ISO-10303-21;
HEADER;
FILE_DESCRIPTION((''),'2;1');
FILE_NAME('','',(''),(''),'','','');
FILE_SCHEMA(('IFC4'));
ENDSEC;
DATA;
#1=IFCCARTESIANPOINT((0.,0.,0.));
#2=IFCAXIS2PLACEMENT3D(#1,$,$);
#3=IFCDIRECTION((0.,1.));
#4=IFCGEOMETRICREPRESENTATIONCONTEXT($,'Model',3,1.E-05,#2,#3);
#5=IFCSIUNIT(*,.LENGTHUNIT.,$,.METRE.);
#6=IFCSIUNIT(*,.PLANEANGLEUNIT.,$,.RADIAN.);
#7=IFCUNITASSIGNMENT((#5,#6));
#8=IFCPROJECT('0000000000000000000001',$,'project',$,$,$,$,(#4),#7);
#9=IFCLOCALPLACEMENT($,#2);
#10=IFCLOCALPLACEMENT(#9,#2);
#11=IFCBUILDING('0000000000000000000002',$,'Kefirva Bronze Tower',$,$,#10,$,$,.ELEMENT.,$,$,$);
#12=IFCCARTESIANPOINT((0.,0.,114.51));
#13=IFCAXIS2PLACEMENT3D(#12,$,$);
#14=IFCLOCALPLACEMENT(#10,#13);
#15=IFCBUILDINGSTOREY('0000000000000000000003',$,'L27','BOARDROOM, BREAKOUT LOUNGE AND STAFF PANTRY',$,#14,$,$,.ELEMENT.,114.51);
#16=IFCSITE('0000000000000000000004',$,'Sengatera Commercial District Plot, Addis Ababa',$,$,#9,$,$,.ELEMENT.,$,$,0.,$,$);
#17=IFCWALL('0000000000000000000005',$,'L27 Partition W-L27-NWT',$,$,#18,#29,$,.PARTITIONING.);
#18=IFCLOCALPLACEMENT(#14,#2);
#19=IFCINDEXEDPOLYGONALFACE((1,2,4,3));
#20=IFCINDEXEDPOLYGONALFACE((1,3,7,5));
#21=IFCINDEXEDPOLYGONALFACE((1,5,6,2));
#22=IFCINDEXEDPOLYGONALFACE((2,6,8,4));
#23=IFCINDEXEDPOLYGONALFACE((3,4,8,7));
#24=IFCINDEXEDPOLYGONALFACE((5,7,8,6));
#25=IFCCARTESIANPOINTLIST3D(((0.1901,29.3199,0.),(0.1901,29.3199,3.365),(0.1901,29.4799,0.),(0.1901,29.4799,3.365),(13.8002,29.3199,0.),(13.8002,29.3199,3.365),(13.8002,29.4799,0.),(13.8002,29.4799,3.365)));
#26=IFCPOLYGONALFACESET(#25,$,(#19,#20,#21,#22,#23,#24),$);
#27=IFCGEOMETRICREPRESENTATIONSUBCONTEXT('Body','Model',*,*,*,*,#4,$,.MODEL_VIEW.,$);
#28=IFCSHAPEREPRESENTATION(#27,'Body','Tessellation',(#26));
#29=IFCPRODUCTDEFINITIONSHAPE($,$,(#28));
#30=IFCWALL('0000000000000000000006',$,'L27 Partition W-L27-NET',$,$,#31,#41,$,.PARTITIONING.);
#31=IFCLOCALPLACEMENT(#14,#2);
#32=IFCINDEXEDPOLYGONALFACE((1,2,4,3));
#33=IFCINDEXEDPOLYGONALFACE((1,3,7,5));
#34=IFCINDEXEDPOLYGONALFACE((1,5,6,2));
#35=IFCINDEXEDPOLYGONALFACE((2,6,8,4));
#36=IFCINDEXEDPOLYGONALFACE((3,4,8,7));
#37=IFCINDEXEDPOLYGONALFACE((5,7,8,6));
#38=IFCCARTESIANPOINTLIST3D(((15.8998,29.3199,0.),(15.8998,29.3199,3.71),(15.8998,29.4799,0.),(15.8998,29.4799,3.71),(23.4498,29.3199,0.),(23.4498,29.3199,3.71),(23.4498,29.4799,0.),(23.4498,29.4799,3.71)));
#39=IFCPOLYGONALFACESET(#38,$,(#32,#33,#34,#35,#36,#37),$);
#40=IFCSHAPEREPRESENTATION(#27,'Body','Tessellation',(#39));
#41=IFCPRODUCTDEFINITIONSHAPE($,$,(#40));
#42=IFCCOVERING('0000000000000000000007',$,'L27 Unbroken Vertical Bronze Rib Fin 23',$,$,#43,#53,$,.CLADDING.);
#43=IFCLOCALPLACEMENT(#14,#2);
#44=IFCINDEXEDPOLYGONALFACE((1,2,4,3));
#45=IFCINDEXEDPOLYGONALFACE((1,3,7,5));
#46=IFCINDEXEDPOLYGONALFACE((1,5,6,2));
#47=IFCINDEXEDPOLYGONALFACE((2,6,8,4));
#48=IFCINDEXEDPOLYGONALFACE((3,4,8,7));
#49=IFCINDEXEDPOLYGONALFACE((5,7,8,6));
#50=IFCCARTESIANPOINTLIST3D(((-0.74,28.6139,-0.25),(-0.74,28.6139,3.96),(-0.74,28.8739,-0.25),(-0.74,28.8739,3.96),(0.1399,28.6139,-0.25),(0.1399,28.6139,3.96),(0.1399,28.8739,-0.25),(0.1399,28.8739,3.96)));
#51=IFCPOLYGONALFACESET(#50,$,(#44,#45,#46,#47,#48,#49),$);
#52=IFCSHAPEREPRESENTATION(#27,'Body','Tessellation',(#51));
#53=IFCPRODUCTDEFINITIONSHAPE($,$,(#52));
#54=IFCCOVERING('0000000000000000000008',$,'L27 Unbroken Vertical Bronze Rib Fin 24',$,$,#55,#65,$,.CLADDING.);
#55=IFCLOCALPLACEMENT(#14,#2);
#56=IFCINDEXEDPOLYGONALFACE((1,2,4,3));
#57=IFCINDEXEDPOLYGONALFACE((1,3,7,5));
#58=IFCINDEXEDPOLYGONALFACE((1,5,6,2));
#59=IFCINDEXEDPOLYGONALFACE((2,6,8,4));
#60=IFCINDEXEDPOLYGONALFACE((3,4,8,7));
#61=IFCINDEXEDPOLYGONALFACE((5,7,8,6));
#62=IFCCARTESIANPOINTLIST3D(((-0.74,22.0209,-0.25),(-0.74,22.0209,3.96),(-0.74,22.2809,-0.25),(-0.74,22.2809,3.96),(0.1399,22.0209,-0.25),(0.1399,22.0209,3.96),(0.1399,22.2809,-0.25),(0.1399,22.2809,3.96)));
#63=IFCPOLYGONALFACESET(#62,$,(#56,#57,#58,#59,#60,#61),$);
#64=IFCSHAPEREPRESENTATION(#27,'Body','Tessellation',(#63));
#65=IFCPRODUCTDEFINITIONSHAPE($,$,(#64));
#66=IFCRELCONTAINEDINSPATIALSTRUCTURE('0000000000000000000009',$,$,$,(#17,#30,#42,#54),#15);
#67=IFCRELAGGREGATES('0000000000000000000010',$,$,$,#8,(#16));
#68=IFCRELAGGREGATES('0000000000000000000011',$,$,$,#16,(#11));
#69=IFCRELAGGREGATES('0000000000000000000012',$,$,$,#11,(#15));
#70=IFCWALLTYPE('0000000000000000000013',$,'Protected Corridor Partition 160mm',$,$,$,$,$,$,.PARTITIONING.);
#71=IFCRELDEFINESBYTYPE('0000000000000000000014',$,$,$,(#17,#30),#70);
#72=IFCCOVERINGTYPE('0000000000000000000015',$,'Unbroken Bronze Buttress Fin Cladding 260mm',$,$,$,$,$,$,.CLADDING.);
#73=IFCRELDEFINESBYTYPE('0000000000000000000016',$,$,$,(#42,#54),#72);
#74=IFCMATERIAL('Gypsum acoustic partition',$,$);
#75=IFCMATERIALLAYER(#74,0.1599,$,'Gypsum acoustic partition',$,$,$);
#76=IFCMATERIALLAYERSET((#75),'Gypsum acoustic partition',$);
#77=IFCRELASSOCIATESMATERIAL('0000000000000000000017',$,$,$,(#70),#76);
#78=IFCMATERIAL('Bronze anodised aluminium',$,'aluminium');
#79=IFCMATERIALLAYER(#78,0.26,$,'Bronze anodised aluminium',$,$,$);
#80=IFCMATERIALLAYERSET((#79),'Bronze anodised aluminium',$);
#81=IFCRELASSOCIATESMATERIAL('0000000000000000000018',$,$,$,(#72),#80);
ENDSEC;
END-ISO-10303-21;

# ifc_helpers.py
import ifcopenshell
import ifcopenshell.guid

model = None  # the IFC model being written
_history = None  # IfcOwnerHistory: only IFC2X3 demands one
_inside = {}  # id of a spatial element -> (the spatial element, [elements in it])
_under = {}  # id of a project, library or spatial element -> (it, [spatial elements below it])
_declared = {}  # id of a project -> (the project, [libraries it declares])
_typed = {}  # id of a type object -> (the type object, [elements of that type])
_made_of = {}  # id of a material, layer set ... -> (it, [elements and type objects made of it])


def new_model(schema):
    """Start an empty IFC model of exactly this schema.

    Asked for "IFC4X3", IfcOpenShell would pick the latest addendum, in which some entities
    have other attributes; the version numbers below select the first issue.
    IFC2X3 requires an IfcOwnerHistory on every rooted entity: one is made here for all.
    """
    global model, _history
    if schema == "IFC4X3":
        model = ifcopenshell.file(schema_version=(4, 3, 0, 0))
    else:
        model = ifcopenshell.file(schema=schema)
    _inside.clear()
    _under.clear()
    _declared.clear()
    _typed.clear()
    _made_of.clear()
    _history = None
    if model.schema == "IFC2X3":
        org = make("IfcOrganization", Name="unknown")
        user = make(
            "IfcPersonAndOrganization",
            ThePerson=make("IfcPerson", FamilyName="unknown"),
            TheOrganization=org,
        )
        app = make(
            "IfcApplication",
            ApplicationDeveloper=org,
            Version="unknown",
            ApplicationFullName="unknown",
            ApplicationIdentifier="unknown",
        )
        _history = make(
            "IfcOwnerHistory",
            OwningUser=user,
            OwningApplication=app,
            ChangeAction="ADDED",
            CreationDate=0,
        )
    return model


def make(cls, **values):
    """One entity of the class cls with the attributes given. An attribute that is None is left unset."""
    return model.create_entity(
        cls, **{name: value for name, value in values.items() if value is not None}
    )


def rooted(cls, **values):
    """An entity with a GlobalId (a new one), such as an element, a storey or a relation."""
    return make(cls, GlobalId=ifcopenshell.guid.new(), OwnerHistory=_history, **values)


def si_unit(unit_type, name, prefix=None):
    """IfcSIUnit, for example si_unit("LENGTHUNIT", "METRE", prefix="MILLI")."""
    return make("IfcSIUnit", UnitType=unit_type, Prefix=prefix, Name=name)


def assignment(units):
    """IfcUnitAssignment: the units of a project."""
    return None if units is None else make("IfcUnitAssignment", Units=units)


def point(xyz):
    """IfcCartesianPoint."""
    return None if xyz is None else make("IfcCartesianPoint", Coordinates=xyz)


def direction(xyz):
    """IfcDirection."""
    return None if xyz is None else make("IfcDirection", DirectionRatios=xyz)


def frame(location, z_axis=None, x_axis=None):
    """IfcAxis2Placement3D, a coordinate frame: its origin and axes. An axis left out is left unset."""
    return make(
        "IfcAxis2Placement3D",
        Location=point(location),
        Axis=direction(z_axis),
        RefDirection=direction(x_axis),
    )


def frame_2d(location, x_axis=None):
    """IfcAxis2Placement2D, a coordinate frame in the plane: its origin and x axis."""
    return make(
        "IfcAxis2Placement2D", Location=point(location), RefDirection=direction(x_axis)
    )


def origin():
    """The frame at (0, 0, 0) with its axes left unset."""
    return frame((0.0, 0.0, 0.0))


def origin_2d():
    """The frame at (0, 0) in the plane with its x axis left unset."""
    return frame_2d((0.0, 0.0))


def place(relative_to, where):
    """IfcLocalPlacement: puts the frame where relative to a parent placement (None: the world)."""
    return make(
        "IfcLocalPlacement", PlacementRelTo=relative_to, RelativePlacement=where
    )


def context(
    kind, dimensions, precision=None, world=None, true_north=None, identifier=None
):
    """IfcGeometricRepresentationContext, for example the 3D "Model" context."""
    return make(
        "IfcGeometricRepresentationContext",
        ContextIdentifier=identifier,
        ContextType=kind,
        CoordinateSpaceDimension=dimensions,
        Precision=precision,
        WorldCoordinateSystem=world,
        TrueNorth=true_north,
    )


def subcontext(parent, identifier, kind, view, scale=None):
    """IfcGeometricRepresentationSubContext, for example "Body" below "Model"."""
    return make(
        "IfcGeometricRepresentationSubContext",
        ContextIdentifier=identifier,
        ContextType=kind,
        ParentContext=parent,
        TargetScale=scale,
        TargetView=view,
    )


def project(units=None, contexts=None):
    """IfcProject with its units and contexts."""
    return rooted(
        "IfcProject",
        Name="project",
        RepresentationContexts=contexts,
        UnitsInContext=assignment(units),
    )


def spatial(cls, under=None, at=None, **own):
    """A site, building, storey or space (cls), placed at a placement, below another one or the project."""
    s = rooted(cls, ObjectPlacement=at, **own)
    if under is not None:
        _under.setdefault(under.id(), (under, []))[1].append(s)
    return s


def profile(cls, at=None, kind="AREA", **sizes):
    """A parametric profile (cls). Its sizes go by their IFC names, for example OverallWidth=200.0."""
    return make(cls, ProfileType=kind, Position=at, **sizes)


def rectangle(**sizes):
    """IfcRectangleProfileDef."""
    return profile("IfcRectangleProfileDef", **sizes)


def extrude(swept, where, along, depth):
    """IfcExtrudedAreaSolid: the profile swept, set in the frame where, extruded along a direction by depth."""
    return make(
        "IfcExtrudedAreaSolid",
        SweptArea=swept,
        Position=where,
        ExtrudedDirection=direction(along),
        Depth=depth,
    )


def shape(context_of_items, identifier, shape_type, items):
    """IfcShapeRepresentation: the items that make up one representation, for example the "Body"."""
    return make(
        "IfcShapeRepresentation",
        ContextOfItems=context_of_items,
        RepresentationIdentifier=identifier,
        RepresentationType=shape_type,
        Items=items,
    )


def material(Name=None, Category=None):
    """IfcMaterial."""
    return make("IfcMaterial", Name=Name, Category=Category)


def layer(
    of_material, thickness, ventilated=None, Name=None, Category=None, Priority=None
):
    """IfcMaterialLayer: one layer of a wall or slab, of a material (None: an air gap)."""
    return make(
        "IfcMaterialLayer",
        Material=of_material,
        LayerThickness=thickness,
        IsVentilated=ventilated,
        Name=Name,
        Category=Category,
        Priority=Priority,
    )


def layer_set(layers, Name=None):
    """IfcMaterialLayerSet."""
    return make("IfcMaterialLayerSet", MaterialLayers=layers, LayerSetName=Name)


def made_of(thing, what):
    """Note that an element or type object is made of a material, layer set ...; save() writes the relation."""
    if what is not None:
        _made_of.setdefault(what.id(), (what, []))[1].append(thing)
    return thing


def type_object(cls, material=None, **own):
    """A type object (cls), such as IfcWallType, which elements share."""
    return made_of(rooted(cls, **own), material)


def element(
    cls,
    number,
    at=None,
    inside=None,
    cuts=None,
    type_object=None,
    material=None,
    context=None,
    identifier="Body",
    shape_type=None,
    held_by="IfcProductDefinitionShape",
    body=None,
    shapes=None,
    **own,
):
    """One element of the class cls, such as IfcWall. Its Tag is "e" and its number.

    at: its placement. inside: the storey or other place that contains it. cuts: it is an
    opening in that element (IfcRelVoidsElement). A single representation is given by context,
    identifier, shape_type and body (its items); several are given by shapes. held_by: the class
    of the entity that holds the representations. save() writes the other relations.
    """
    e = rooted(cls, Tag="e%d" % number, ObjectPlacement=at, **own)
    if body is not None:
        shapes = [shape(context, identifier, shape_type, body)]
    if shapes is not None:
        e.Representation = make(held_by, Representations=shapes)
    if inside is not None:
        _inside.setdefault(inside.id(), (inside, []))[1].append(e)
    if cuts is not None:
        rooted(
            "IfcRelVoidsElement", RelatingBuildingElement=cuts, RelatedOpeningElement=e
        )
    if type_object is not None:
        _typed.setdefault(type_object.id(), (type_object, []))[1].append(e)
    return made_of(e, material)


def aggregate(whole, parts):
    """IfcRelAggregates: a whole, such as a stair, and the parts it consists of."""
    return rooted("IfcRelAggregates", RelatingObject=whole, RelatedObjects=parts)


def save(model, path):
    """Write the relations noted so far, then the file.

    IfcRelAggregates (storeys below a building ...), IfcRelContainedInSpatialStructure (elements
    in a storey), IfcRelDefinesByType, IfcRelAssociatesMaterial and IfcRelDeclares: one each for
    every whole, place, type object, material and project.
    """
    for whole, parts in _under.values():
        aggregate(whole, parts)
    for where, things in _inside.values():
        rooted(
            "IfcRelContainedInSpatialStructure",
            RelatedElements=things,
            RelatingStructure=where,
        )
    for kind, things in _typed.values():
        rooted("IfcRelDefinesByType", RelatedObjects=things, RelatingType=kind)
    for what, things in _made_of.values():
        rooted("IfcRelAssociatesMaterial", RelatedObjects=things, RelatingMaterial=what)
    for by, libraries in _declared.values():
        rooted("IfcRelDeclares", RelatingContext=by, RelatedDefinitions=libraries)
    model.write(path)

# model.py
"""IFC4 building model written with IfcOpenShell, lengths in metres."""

from ifc_helpers import new_model, si_unit, direction, frame, frame_2d, origin, origin_2d, place, context, subcontext, project, spatial, rectangle, extrude, material, layer, layer_set, type_object, element, save


model = new_model("IFC4")

# Units and contexts
model_context = context("Model", 3, precision=1e-05, world=origin(), true_north=direction((0.0, 1.0)))
body_context = subcontext(model_context, "Body", "Model", "MODEL_VIEW")
ifc_project = project(units=[si_unit("LENGTHUNIT", "METRE"), si_unit("PLANEANGLEUNIT", "RADIAN")], contexts=[model_context])

# Site, building, storey
site_placement = place(None, origin())
site = spatial("IfcSite", under=ifc_project, at=site_placement, Name="Sengatera Commercial District Plot, Addis Ababa", CompositionType="ELEMENT", RefElevation=0.0)
building_placement = place(site_placement, origin())
building = spatial("IfcBuilding", under=site, at=building_placement, Name="Kefirva Bronze Tower", CompositionType="ELEMENT")
storey_placement = place(building_placement, frame((0.0, 0.0, 114.51)))
storey = spatial("IfcBuildingStorey", under=building, at=storey_placement, Name="L27", Description="BOARDROOM, BREAKOUT LOUNGE AND STAFF PANTRY", CompositionType="ELEMENT", Elevation=114.51)

# Shared definitions
ifc_material_1 = material(Name="Bronze anodised aluminium", Category="aluminium")

# Walls
ifc_material_2 = material(Name="Gypsum acoustic partition")
ifc_layer_1 = layer(ifc_material_2, 0.1599, Name="Gypsum acoustic partition")
ifc_layer_set_1 = layer_set([ifc_layer_1], Name="Gypsum acoustic partition")
wall_type_1 = type_object("IfcWallType", Name="Protected Corridor Partition 160mm", PredefinedType="PARTITIONING", material=ifc_layer_set_1)
wall_1_placement = place(storey_placement, frame((0.1899, 29.3999, 0.0), z_axis=(0.0, 0.0, 1.0), x_axis=(1.0, 0.0, 0.0)))
element("IfcWall", 1, at=wall_1_placement, inside=storey, type_object=wall_type_1, Name="L27 Partition W-L27-NWT", PredefinedType="PARTITIONING", context=body_context, shape_type="SweptSolid", body=[
    extrude(rectangle(XDim=13.6101, YDim=0.1599, at=frame_2d((6.8052, 0.0))), origin(), (0.0, 0.0, 1.0), 3.365),
])
wall_2_placement = place(storey_placement, frame((15.8999, 29.3999, 0.0), z_axis=(0.0, 0.0, 1.0), x_axis=(1.0, 0.0, 0.0)))
element("IfcWall", 2, at=wall_2_placement, inside=storey, type_object=wall_type_1, Name="L27 Partition W-L27-NET", PredefinedType="PARTITIONING", context=body_context, shape_type="SweptSolid", body=[
    extrude(rectangle(XDim=7.55, YDim=0.1599, at=frame_2d((3.7749, 0.0))), origin(), (0.0, 0.0, 1.0), 3.71),
])

# Coverings
ifc_layer_2 = layer(ifc_material_1, 0.26, Name="Bronze anodised aluminium")
ifc_layer_set_2 = layer_set([ifc_layer_2], Name="Bronze anodised aluminium")
covering_type = type_object("IfcCoveringType", Name="Unbroken Bronze Buttress Fin Cladding 260mm", PredefinedType="CLADDING", material=ifc_layer_set_2)
for number, where, z_axis, x_axis, name in (
    (3, (-0.3, 28.7439, -0.25), (0.0, 0.0, 1.0), (0.0, -1.0, 0.0), "L27 Unbroken Vertical Bronze Rib Fin 23"),
    (4, (-0.3, 22.1509, -0.25), (0.0, 0.0, 1.0), (0.0, -1.0, 0.0), "L27 Unbroken Vertical Bronze Rib Fin 24"),
):
    element("IfcCovering", number, at=place(storey_placement, frame(where, z_axis=z_axis, x_axis=x_axis)), inside=storey, type_object=covering_type, Name=name, PredefinedType="CLADDING", context=body_context, shape_type="SweptSolid", body=[
        extrude(rectangle(XDim=0.26, YDim=0.8799, at=origin_2d()), origin(), (0.0, 0.0, 1.0), 4.21),
    ])

save(model, "model.ifc")
